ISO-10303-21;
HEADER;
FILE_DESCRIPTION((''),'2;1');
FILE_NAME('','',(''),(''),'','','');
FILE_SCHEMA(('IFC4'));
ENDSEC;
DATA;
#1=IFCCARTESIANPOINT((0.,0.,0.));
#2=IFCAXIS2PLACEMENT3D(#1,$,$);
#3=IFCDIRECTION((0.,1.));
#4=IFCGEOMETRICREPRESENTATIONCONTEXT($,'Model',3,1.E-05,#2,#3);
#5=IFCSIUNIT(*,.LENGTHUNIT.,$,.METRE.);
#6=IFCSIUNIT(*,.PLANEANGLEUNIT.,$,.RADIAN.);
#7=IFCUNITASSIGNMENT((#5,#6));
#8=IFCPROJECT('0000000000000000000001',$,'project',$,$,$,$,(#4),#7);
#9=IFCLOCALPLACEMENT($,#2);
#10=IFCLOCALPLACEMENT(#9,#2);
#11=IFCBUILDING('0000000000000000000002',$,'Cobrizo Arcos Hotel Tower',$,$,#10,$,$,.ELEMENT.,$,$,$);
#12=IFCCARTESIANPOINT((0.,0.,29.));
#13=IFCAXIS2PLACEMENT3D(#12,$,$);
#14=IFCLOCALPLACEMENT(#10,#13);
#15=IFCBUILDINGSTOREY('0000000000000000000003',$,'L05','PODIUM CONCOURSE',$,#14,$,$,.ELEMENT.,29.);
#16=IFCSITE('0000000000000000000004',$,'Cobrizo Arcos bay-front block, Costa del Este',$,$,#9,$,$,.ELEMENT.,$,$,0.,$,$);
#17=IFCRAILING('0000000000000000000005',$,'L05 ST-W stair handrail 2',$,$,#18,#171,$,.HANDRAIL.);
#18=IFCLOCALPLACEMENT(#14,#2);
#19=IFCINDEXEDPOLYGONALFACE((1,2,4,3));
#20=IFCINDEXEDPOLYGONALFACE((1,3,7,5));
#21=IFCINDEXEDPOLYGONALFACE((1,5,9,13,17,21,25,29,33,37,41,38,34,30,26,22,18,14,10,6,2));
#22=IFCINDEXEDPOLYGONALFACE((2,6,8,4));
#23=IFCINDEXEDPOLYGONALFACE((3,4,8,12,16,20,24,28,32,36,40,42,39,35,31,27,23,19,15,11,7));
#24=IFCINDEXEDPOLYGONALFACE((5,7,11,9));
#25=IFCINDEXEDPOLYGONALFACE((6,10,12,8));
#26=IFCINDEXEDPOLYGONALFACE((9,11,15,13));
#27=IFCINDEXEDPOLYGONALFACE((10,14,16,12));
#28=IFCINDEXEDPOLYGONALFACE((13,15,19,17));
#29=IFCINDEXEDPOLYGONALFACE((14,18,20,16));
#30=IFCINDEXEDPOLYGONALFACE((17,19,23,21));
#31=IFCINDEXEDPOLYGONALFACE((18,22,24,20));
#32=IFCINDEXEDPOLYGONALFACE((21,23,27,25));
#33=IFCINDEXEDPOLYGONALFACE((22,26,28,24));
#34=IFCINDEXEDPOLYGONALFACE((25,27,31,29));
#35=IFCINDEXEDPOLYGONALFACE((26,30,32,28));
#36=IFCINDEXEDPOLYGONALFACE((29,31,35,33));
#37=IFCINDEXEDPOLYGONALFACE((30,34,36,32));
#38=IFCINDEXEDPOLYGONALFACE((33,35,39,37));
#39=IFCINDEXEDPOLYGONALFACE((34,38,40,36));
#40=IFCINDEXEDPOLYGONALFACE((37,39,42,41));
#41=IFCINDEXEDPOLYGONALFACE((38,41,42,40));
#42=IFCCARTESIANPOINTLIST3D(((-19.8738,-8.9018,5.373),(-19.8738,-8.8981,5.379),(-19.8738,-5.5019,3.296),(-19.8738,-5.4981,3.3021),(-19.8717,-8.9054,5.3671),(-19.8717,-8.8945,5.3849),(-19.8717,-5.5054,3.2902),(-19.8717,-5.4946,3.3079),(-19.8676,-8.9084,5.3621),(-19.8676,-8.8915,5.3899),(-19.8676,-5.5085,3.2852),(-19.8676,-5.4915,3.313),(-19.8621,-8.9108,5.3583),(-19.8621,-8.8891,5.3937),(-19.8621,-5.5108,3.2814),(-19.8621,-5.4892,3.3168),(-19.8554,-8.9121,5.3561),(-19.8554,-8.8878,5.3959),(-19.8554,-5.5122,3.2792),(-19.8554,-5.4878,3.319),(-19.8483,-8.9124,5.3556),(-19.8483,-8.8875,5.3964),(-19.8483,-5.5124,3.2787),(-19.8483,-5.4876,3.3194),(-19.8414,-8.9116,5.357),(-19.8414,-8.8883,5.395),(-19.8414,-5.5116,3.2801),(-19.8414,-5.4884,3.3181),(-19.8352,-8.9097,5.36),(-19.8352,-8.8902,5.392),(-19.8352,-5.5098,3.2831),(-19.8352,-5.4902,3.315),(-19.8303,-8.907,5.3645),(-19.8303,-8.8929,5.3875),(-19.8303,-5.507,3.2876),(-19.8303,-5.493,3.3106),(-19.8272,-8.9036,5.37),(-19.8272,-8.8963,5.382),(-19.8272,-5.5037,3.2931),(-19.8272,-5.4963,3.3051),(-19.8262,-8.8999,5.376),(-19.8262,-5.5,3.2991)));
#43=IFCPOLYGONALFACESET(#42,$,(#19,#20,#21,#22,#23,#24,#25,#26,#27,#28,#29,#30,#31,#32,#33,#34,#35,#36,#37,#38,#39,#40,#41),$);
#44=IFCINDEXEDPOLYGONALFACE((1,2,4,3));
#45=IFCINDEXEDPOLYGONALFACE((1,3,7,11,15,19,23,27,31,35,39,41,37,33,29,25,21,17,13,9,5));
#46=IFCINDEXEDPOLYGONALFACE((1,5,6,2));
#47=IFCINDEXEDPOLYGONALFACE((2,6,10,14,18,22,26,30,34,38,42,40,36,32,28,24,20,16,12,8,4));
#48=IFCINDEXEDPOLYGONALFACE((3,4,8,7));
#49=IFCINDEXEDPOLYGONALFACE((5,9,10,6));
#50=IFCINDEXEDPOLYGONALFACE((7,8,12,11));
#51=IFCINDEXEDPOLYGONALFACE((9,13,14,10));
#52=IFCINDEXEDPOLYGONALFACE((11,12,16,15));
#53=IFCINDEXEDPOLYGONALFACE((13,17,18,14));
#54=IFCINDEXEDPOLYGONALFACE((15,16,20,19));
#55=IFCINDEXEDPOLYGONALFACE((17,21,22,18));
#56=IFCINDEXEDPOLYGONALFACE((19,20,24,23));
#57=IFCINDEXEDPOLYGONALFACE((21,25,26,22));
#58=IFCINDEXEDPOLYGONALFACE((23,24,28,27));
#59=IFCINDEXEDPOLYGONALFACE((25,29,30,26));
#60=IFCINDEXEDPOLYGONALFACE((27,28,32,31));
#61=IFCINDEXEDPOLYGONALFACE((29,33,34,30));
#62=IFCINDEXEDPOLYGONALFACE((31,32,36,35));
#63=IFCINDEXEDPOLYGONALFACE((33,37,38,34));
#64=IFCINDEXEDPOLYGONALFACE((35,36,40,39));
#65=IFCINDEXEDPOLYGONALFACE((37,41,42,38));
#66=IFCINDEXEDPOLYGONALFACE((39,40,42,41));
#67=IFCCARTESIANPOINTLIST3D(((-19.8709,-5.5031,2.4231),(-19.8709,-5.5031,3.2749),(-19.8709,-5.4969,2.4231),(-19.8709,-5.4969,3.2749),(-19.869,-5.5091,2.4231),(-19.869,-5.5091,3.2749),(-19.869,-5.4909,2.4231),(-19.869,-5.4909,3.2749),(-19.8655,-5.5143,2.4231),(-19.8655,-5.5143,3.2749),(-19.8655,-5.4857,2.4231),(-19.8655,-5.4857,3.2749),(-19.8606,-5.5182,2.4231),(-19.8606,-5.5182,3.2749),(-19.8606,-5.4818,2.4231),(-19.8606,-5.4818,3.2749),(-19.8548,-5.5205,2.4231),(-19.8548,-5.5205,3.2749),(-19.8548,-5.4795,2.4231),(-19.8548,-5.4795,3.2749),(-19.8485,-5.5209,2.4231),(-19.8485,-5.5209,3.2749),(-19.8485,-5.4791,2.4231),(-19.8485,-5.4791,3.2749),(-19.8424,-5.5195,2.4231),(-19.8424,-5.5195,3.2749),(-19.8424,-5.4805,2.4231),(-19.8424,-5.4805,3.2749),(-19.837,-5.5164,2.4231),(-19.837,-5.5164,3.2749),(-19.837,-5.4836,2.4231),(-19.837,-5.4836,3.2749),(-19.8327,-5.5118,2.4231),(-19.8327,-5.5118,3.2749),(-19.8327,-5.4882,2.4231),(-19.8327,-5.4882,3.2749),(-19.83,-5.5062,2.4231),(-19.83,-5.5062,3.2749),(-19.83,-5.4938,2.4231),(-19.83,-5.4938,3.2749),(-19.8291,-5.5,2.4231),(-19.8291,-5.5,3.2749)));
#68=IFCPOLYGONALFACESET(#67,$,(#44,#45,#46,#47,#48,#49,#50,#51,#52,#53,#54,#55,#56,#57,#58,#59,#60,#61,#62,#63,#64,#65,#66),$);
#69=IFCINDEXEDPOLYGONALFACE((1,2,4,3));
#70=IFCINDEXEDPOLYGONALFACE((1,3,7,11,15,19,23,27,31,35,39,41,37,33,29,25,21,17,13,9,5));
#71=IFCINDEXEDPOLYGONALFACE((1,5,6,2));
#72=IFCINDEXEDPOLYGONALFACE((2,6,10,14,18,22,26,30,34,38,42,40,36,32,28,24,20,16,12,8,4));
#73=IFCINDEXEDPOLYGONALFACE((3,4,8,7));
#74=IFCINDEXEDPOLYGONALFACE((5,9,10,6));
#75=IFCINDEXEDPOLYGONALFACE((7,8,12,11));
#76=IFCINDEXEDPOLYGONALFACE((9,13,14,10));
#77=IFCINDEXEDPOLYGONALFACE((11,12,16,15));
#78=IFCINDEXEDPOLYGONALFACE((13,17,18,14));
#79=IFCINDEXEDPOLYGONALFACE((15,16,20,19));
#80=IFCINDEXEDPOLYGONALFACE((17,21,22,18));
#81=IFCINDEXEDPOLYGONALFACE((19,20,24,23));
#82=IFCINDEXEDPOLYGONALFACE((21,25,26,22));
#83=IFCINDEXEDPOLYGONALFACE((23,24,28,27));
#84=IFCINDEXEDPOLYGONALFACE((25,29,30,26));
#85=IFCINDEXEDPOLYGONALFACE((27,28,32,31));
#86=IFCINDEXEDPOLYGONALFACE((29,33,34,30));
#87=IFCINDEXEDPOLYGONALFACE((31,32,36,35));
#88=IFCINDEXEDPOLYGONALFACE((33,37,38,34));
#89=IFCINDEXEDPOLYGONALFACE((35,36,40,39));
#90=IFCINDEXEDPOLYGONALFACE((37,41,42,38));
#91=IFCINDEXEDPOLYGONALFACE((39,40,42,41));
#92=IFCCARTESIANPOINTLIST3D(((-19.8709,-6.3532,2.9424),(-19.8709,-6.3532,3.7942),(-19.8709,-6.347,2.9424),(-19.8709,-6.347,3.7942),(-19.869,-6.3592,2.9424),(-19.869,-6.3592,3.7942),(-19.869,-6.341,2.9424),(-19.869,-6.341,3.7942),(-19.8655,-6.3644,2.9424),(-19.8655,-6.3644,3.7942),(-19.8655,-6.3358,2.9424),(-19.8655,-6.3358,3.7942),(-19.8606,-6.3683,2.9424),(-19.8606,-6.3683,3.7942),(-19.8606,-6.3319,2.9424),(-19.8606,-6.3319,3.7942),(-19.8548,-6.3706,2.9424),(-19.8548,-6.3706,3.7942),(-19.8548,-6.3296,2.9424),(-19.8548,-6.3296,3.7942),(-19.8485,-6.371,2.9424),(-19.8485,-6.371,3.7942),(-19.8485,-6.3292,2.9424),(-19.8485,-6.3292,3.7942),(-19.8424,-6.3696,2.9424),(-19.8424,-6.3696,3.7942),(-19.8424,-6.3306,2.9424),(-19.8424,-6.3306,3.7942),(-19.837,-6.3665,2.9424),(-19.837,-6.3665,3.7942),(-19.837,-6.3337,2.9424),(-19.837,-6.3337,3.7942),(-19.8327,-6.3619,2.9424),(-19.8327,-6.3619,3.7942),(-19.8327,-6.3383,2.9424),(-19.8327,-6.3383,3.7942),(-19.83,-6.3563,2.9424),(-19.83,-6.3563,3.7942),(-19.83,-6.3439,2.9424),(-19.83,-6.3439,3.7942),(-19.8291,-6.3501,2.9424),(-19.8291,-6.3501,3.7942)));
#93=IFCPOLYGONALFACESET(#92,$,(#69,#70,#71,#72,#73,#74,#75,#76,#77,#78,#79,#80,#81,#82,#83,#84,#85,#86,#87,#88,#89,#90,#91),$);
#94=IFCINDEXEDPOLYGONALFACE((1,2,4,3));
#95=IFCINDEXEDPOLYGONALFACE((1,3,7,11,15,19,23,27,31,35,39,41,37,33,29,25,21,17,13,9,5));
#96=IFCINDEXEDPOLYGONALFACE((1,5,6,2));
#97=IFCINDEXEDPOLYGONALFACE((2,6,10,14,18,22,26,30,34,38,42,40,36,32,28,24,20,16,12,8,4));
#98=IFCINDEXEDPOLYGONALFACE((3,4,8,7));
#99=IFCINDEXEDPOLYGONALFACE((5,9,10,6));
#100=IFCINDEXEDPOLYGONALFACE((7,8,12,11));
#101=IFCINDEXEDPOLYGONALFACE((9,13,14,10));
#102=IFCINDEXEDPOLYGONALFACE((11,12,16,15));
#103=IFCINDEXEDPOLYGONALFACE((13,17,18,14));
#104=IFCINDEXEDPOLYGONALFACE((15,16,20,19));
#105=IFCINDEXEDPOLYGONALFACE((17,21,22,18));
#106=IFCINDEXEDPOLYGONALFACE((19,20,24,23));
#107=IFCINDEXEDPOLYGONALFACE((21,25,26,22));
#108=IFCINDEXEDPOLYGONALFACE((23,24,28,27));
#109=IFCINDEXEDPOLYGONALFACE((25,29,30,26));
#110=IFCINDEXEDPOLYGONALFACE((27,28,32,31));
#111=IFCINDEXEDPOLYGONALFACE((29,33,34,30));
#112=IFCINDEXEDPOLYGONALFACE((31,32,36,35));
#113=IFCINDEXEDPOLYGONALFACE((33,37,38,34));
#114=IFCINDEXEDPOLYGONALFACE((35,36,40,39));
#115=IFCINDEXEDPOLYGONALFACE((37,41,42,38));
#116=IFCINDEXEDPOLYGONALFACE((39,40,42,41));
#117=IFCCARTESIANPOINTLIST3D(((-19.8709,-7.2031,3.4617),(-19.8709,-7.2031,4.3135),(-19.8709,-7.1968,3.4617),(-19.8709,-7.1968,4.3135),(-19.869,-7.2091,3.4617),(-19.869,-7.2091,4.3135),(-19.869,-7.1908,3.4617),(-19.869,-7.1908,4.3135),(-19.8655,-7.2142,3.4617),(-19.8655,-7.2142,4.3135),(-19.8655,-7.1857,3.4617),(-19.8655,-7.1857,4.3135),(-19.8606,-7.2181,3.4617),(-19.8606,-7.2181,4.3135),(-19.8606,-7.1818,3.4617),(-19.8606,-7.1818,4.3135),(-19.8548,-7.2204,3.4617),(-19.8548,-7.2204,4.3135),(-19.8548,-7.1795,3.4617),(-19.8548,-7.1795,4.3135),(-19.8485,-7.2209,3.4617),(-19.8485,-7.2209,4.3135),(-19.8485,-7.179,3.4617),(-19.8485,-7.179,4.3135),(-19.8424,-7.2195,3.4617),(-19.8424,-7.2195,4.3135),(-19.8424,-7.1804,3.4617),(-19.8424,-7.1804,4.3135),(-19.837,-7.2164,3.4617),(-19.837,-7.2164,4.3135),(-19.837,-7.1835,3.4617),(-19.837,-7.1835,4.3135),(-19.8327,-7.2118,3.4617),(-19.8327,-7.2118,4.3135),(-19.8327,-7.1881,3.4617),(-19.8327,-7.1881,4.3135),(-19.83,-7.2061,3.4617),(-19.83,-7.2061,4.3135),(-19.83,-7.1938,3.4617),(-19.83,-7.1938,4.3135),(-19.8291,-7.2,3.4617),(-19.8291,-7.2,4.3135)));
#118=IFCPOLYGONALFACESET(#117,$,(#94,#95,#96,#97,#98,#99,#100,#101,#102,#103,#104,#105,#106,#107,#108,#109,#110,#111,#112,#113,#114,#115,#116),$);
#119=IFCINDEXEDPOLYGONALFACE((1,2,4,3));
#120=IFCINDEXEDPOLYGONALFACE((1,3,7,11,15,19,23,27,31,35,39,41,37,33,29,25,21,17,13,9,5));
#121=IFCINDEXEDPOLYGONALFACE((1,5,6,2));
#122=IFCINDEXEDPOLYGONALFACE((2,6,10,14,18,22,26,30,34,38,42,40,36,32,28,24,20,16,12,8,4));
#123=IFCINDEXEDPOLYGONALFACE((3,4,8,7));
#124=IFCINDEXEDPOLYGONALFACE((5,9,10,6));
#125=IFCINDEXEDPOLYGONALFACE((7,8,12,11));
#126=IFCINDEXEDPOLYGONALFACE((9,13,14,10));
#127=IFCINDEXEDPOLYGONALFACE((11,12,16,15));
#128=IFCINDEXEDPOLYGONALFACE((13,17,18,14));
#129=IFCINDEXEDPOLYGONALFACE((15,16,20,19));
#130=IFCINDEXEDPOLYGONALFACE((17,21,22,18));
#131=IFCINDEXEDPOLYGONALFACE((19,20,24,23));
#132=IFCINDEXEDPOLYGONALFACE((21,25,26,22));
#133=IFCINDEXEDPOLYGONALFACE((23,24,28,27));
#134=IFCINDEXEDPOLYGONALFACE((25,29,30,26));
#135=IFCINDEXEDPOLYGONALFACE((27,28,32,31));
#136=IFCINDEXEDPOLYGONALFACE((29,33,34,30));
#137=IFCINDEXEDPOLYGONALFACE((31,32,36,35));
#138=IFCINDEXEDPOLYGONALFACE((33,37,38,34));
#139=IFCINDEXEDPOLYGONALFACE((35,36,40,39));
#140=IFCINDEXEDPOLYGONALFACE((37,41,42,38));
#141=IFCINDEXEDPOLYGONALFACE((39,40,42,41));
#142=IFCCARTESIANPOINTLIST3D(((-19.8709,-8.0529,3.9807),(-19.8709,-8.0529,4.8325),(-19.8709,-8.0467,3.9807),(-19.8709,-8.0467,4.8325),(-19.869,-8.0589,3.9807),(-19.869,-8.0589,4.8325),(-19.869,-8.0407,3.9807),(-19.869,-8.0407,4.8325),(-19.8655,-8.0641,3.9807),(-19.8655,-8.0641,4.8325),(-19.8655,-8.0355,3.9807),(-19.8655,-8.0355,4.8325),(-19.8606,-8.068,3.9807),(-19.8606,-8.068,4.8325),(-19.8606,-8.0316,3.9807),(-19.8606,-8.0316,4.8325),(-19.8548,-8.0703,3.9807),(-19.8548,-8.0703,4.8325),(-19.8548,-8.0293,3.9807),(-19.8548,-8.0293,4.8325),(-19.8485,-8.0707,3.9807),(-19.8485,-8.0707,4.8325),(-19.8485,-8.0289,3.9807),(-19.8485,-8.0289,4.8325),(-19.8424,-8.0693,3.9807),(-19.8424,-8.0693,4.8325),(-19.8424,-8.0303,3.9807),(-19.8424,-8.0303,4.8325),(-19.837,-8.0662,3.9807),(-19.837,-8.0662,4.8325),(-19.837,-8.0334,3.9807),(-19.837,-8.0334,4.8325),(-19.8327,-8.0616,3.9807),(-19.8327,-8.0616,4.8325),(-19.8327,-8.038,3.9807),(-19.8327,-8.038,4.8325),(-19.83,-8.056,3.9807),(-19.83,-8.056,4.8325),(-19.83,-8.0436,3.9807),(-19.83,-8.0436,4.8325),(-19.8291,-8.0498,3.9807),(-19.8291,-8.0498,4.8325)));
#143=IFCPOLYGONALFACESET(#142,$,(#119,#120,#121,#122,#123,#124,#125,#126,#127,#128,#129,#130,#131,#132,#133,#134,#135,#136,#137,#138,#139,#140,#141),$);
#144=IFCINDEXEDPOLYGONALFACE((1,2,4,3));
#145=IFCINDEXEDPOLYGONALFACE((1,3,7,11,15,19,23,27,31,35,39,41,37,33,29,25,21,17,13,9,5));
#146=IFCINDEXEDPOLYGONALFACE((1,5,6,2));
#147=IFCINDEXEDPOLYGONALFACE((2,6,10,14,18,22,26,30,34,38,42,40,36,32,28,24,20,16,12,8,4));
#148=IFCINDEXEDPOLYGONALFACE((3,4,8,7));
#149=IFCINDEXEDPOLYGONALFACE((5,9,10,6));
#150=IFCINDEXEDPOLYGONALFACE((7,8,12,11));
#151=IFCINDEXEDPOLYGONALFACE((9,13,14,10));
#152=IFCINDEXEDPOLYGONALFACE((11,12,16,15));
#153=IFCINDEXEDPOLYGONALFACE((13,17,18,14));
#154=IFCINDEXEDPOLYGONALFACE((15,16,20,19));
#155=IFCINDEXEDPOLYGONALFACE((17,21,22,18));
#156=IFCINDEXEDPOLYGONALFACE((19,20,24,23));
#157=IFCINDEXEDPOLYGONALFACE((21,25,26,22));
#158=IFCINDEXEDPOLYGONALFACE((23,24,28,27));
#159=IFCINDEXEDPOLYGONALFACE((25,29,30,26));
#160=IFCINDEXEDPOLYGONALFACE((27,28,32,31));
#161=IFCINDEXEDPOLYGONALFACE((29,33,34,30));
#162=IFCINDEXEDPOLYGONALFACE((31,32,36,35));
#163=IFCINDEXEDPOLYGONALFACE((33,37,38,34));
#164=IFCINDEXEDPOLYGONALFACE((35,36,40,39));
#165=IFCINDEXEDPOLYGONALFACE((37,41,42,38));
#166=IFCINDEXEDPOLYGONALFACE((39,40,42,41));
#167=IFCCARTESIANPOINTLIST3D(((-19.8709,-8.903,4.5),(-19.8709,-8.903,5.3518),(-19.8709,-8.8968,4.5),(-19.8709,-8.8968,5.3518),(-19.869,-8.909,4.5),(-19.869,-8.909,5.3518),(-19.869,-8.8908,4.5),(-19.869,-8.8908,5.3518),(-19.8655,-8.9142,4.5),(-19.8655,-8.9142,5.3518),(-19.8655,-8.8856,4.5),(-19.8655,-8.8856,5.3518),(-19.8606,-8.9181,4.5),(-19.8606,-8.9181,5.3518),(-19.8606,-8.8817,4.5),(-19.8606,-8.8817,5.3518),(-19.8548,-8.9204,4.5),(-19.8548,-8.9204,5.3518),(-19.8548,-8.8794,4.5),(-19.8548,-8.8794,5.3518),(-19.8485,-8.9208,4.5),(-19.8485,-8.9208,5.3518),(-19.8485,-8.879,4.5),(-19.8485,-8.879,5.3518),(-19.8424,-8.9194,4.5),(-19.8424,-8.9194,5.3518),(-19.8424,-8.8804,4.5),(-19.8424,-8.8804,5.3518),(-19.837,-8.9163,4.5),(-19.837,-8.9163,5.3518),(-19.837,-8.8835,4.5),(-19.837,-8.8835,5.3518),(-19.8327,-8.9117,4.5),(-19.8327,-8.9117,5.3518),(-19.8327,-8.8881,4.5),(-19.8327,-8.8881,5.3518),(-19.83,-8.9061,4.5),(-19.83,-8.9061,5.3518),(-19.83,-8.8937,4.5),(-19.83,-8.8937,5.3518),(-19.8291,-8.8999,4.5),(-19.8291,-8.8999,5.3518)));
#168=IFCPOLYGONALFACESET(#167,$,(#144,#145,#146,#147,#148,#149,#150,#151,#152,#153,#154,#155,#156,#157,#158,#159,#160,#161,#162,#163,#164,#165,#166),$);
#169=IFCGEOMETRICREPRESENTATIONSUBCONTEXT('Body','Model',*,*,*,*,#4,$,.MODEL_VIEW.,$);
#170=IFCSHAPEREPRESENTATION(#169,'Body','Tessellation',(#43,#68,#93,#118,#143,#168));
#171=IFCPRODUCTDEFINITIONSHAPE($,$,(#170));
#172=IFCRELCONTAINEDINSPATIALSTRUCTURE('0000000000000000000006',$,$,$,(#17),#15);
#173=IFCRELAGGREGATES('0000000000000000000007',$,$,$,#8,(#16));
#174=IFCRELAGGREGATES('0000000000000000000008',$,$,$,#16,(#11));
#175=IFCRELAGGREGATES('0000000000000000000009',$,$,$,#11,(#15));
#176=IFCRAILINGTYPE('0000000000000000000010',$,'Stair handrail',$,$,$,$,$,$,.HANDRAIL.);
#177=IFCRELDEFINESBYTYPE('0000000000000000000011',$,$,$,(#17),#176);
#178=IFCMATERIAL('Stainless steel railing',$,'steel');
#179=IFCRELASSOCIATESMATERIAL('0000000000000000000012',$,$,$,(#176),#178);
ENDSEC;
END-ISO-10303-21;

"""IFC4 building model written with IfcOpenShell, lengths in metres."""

from ifc_helpers import new_model, si_unit, direction, frame, origin, origin_2d, place, context, subcontext, project, spatial, circle, extrude, material, type_object, element, save


model = new_model("IFC4")

# Units and contexts
model_context = context("Model", 3, precision=1e-05, world=origin(), true_north=direction((0.0, 1.0)))
body_context = subcontext(model_context, "Body", "Model", "MODEL_VIEW")
ifc_project = project(units=[si_unit("LENGTHUNIT", "METRE"), si_unit("PLANEANGLEUNIT", "RADIAN")], contexts=[model_context])

# Site, building, storey
site_placement = place(None, origin())
site = spatial("IfcSite", under=ifc_project, at=site_placement, Name="Cobrizo Arcos bay-front block, Costa del Este", CompositionType="ELEMENT", RefElevation=0.0)
building_placement = place(site_placement, origin())
building = spatial("IfcBuilding", under=site, at=building_placement, Name="Cobrizo Arcos Hotel Tower", CompositionType="ELEMENT")
storey_placement = place(building_placement, frame((0.0, 0.0, 29.0)))
storey = spatial("IfcBuildingStorey", under=building, at=storey_placement, Name="L05", Description="PODIUM CONCOURSE", CompositionType="ELEMENT", Elevation=29.0)

# Railing
ifc_material_1 = material(Name="Stainless steel railing", Category="steel")
railing_type_1 = type_object("IfcRailingType", Name="Stair handrail", PredefinedType="HANDRAIL", material=ifc_material_1)
railing_1_placement = place(storey_placement, frame((-19.8501, -5.5, 2.4231)))
element("IfcRailing", 1, at=railing_1_placement, inside=storey, type_object=railing_type_1, Name="L05 ST-W stair handrail 2", PredefinedType="HANDRAIL", context=body_context, shape_type="SweptSolid", body=[
    extrude(circle(Radius=0.0239, at=origin_2d()), frame((0.0, 0.0, 0.876), z_axis=(0.0, -0.853373, 0.521301), x_axis=(1.0, 0.0, 0.0)), (0.0, 0.0, 1.0), 3.9841),
    extrude(circle(Radius=0.021, at=origin_2d()), origin(), (0.0, 0.0, 1.0), 0.8518),
    extrude(circle(Radius=0.021, at=origin_2d()), frame((0.0, -0.8501, 0.5193)), (0.0, 0.0, 1.0), 0.8518),
    extrude(circle(Radius=0.021, at=origin_2d()), frame((0.0, -1.7, 1.0386)), (0.0, 0.0, 1.0), 0.8518),
    extrude(circle(Radius=0.021, at=origin_2d()), frame((0.0, -2.5498, 1.5576)), (0.0, 0.0, 1.0), 0.8518),
    extrude(circle(Radius=0.021, at=origin_2d()), frame((0.0, -3.3999, 2.0769)), (0.0, 0.0, 1.0), 0.8518),
])

save(model, "model.ifc")
